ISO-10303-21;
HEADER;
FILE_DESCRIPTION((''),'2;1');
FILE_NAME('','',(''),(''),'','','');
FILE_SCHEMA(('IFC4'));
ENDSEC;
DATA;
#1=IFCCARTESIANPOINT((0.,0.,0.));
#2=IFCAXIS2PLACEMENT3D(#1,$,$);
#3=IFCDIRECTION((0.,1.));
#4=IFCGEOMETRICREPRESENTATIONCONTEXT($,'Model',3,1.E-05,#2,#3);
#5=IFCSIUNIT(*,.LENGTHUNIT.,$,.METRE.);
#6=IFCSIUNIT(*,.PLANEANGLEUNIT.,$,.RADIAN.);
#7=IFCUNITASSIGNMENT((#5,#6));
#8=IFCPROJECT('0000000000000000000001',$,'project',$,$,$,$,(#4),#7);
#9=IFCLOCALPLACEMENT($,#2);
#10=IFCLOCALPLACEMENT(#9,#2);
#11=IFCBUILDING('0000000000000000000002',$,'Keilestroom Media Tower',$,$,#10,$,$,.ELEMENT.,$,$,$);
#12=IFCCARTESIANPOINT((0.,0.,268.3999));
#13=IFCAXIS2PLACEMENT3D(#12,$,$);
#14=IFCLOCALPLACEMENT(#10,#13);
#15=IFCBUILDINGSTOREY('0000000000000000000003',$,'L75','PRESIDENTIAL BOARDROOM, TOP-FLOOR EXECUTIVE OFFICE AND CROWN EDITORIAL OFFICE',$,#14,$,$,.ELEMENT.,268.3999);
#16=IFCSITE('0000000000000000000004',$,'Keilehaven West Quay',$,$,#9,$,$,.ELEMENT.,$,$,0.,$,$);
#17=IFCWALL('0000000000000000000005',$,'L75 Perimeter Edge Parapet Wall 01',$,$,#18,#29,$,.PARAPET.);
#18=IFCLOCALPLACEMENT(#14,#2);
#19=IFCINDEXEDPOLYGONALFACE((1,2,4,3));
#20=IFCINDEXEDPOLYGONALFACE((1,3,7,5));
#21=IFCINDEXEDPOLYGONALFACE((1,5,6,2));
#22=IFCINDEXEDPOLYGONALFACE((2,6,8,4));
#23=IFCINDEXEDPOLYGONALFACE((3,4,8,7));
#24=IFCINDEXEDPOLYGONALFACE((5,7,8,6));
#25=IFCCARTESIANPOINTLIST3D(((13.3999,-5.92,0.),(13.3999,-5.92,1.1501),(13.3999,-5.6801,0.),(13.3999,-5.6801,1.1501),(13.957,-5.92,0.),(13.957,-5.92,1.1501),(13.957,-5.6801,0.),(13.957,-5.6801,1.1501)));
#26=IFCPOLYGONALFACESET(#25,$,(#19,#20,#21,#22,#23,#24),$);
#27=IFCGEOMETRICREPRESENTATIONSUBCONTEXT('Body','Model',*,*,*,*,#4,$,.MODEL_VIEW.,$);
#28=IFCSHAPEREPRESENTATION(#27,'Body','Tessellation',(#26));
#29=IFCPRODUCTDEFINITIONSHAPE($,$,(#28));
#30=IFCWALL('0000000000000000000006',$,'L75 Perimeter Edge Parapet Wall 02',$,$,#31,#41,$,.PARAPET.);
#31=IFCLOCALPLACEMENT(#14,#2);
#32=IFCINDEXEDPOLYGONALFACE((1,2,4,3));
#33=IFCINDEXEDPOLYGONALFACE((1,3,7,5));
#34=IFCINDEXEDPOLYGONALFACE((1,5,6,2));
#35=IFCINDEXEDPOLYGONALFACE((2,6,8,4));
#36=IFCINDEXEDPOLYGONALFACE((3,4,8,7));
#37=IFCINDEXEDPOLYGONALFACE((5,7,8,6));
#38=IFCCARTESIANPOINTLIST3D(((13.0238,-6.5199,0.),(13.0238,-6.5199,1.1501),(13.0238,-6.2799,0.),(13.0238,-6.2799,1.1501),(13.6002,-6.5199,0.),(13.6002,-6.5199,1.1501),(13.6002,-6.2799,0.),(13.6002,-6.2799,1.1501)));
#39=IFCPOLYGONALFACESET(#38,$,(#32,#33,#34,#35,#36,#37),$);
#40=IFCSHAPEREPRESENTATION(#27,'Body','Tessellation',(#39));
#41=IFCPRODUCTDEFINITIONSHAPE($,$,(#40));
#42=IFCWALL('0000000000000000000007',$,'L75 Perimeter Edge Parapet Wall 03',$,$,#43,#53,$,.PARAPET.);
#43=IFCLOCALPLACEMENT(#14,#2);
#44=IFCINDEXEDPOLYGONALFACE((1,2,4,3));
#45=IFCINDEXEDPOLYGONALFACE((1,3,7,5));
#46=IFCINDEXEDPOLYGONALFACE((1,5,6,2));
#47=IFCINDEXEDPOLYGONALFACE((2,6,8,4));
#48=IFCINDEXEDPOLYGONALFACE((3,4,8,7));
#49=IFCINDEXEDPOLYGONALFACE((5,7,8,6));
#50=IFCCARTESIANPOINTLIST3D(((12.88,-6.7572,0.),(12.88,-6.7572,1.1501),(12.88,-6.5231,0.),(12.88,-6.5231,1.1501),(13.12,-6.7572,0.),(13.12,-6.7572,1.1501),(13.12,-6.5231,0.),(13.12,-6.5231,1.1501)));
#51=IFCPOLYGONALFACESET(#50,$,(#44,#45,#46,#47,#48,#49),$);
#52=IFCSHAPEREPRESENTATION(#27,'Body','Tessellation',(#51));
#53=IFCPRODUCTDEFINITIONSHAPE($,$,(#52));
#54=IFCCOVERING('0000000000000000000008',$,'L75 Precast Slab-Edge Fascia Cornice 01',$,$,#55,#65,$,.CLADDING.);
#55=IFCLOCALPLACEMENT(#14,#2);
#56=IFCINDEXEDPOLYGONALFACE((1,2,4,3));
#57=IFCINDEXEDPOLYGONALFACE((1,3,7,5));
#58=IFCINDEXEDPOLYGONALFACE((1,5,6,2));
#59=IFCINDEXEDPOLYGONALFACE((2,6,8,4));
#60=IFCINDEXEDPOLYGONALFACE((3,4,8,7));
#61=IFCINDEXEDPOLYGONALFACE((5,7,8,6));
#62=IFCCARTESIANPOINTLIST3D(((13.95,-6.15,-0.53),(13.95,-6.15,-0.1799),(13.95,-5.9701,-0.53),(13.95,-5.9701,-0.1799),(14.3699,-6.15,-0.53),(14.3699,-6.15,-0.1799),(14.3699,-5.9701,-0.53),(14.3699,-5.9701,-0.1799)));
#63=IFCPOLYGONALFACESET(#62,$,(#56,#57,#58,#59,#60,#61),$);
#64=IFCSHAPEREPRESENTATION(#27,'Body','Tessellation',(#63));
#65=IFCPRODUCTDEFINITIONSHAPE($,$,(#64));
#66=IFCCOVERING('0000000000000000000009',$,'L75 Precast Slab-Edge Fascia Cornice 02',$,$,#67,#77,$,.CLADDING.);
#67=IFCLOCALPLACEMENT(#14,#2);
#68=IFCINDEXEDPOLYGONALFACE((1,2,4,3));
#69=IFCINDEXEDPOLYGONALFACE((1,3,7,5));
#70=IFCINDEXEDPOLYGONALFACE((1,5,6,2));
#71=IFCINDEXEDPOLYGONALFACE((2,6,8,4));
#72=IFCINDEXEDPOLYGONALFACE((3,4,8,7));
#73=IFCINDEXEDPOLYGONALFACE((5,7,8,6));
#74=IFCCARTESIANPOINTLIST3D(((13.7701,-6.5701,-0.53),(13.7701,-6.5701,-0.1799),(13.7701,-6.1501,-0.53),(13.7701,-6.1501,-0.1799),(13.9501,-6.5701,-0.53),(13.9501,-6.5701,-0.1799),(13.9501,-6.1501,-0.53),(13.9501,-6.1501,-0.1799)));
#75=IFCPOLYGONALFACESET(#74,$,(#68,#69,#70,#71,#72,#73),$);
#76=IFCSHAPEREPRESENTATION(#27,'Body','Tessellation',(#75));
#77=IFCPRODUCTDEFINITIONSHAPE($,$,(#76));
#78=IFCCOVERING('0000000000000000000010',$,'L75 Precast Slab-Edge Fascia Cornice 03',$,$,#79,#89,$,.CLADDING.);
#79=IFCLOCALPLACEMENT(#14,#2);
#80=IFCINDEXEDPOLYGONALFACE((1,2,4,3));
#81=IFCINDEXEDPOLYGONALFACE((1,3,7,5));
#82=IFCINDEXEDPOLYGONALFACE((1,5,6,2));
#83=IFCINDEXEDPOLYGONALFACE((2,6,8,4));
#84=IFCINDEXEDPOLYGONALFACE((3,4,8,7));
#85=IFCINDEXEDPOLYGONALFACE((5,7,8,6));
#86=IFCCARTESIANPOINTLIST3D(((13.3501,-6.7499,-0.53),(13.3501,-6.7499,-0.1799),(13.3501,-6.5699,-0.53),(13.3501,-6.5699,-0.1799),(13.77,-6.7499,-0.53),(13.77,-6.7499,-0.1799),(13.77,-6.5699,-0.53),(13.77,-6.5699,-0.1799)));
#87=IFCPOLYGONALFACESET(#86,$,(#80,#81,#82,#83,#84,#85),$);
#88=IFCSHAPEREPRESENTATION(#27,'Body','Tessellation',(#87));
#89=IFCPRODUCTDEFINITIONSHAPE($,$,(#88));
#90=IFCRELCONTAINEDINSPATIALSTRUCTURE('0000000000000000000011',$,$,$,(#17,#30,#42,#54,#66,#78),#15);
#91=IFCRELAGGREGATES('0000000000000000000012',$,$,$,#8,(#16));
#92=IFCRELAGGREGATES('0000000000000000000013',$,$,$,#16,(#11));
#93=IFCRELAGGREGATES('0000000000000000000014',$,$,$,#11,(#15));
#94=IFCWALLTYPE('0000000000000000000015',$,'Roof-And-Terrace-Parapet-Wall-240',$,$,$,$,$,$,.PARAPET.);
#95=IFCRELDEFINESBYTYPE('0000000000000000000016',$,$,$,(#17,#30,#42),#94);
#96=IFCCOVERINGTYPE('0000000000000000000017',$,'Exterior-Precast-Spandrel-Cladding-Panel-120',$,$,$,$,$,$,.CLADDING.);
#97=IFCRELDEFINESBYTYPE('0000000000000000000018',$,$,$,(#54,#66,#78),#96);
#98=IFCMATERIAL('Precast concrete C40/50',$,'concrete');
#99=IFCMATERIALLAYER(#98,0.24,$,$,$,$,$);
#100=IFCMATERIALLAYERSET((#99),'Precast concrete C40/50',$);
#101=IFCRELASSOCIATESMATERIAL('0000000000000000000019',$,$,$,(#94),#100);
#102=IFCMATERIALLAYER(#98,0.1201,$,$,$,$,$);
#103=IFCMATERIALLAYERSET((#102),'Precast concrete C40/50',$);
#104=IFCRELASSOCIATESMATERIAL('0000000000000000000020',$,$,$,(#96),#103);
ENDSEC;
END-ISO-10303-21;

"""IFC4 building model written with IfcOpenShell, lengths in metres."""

from ifc_helpers import new_model, si_unit, direction, frame, frame_2d, origin, origin_2d, place, context, subcontext, project, spatial, rectangle, extrude, source, transform, mapped, material, layer, layer_set, type_object, element, save


model = new_model("IFC4")

# Units and contexts
model_context = context("Model", 3, precision=1e-05, world=origin(), true_north=direction((0.0, 1.0)))
body_context = subcontext(model_context, "Body", "Model", "MODEL_VIEW")
ifc_project = project(units=[si_unit("LENGTHUNIT", "METRE"), si_unit("PLANEANGLEUNIT", "RADIAN")], contexts=[model_context])

# Site, building, storey
site_placement = place(None, origin())
site = spatial("IfcSite", under=ifc_project, at=site_placement, Name="Keilehaven West Quay", CompositionType="ELEMENT", RefElevation=0.0)
building_placement = place(site_placement, origin())
building = spatial("IfcBuilding", under=site, at=building_placement, Name="Keilestroom Media Tower", CompositionType="ELEMENT")
storey_placement = place(building_placement, frame((0.0, 0.0, 268.3999)))
storey = spatial("IfcBuildingStorey", under=building, at=storey_placement, Name="L75", Description="PRESIDENTIAL BOARDROOM, TOP-FLOOR EXECUTIVE OFFICE AND CROWN EDITORIAL OFFICE", CompositionType="ELEMENT", Elevation=268.3999)

# Shared definitions
ifc_material_1 = material(Name="Precast concrete C40/50", Category="concrete")

# Walls
ifc_layer_1 = layer(ifc_material_1, 0.24)
ifc_layer_set_1 = layer_set([ifc_layer_1], Name="Precast concrete C40/50")
wall_type_1 = type_object("IfcWallType", Name="Roof-And-Terrace-Parapet-Wall-240", PredefinedType="PARAPET", material=ifc_layer_set_1)
wall_1_placement = place(storey_placement, frame((13.957, -5.8, 0.0), z_axis=(0.0, 0.0, 1.0), x_axis=(-1.0, 0.0, 0.0)))
element("IfcWall", 1, at=wall_1_placement, inside=storey, type_object=wall_type_1, Name="L75 Perimeter Edge Parapet Wall 01", PredefinedType="PARAPET", context=body_context, shape_type="SweptSolid", body=[
    extrude(rectangle(XDim=0.5571, YDim=0.24, at=frame_2d((0.2786, 0.0))), origin(), (0.0, 0.0, 1.0), 1.1501),
])
wall_2_placement = place(storey_placement, frame((13.6001, -6.3999, 0.0), z_axis=(0.0, 0.0, 1.0), x_axis=(-1.0, 0.0, 0.0)))
element("IfcWall", 2, at=wall_2_placement, inside=storey, type_object=wall_type_1, Name="L75 Perimeter Edge Parapet Wall 02", PredefinedType="PARAPET", context=body_context, shape_type="SweptSolid", body=[
    extrude(rectangle(XDim=0.5764, YDim=0.24, at=frame_2d((0.2881, 0.0))), origin(), (0.0, 0.0, 1.0), 1.1501),
])
wall_3_placement = place(storey_placement, frame((13.0, -6.5229, 0.0), z_axis=(0.0, 0.0, 1.0), x_axis=(0.0, -1.0, 0.0)))
element("IfcWall", 3, at=wall_3_placement, inside=storey, type_object=wall_type_1, Name="L75 Perimeter Edge Parapet Wall 03", PredefinedType="PARAPET", context=body_context, shape_type="SweptSolid", body=[
    extrude(rectangle(XDim=0.2341, YDim=0.24, at=frame_2d((0.1172, 0.0))), origin(), (0.0, 0.0, 1.0), 1.1501),
])

# Coverings
ifc_layer_2 = layer(ifc_material_1, 0.1201)
ifc_layer_set_2 = layer_set([ifc_layer_2], Name="Precast concrete C40/50")
covering_type = type_object("IfcCoveringType", Name="Exterior-Precast-Spandrel-Cladding-Panel-120", PredefinedType="CLADDING", material=ifc_layer_set_2)
shared_shape_1 = source(origin(), body_context, "Body", "SweptSolid", [
    extrude(rectangle(XDim=0.4199, YDim=0.1799, at=origin_2d()), origin(), (0.0, 0.0, 1.0), 0.3501),
])
for number, where, z_axis, x_axis, name in (
    (4, (14.1599, -6.0601, -0.53), (0.0, 0.0, 1.0), (-1.0, 0.0, 0.0), "L75 Precast Slab-Edge Fascia Cornice 01"),
    (5, (13.8601, -6.3601, -0.53), (0.0, 0.0, 1.0), (0.0, -1.0, 0.0), "L75 Precast Slab-Edge Fascia Cornice 02"),
    (6, (13.5601, -6.6599, -0.53), (0.0, 0.0, 1.0), (-1.0, 0.0, 0.0), "L75 Precast Slab-Edge Fascia Cornice 03"),
):
    element("IfcCovering", number, at=place(storey_placement, frame(where, z_axis=z_axis, x_axis=x_axis)), inside=storey, type_object=covering_type, Name=name, PredefinedType="CLADDING", context=body_context, shape_type="MappedRepresentation", body=[
        mapped(shared_shape_1, transform((0.0, 0.0, 0.0), x_axis=(1.0, 0.0, 0.0), y_axis=(0.0, 1.0, 0.0), z_axis=(0.0, 0.0, 1.0), scale=1.0)),
    ])

save(model, "model.ifc")
